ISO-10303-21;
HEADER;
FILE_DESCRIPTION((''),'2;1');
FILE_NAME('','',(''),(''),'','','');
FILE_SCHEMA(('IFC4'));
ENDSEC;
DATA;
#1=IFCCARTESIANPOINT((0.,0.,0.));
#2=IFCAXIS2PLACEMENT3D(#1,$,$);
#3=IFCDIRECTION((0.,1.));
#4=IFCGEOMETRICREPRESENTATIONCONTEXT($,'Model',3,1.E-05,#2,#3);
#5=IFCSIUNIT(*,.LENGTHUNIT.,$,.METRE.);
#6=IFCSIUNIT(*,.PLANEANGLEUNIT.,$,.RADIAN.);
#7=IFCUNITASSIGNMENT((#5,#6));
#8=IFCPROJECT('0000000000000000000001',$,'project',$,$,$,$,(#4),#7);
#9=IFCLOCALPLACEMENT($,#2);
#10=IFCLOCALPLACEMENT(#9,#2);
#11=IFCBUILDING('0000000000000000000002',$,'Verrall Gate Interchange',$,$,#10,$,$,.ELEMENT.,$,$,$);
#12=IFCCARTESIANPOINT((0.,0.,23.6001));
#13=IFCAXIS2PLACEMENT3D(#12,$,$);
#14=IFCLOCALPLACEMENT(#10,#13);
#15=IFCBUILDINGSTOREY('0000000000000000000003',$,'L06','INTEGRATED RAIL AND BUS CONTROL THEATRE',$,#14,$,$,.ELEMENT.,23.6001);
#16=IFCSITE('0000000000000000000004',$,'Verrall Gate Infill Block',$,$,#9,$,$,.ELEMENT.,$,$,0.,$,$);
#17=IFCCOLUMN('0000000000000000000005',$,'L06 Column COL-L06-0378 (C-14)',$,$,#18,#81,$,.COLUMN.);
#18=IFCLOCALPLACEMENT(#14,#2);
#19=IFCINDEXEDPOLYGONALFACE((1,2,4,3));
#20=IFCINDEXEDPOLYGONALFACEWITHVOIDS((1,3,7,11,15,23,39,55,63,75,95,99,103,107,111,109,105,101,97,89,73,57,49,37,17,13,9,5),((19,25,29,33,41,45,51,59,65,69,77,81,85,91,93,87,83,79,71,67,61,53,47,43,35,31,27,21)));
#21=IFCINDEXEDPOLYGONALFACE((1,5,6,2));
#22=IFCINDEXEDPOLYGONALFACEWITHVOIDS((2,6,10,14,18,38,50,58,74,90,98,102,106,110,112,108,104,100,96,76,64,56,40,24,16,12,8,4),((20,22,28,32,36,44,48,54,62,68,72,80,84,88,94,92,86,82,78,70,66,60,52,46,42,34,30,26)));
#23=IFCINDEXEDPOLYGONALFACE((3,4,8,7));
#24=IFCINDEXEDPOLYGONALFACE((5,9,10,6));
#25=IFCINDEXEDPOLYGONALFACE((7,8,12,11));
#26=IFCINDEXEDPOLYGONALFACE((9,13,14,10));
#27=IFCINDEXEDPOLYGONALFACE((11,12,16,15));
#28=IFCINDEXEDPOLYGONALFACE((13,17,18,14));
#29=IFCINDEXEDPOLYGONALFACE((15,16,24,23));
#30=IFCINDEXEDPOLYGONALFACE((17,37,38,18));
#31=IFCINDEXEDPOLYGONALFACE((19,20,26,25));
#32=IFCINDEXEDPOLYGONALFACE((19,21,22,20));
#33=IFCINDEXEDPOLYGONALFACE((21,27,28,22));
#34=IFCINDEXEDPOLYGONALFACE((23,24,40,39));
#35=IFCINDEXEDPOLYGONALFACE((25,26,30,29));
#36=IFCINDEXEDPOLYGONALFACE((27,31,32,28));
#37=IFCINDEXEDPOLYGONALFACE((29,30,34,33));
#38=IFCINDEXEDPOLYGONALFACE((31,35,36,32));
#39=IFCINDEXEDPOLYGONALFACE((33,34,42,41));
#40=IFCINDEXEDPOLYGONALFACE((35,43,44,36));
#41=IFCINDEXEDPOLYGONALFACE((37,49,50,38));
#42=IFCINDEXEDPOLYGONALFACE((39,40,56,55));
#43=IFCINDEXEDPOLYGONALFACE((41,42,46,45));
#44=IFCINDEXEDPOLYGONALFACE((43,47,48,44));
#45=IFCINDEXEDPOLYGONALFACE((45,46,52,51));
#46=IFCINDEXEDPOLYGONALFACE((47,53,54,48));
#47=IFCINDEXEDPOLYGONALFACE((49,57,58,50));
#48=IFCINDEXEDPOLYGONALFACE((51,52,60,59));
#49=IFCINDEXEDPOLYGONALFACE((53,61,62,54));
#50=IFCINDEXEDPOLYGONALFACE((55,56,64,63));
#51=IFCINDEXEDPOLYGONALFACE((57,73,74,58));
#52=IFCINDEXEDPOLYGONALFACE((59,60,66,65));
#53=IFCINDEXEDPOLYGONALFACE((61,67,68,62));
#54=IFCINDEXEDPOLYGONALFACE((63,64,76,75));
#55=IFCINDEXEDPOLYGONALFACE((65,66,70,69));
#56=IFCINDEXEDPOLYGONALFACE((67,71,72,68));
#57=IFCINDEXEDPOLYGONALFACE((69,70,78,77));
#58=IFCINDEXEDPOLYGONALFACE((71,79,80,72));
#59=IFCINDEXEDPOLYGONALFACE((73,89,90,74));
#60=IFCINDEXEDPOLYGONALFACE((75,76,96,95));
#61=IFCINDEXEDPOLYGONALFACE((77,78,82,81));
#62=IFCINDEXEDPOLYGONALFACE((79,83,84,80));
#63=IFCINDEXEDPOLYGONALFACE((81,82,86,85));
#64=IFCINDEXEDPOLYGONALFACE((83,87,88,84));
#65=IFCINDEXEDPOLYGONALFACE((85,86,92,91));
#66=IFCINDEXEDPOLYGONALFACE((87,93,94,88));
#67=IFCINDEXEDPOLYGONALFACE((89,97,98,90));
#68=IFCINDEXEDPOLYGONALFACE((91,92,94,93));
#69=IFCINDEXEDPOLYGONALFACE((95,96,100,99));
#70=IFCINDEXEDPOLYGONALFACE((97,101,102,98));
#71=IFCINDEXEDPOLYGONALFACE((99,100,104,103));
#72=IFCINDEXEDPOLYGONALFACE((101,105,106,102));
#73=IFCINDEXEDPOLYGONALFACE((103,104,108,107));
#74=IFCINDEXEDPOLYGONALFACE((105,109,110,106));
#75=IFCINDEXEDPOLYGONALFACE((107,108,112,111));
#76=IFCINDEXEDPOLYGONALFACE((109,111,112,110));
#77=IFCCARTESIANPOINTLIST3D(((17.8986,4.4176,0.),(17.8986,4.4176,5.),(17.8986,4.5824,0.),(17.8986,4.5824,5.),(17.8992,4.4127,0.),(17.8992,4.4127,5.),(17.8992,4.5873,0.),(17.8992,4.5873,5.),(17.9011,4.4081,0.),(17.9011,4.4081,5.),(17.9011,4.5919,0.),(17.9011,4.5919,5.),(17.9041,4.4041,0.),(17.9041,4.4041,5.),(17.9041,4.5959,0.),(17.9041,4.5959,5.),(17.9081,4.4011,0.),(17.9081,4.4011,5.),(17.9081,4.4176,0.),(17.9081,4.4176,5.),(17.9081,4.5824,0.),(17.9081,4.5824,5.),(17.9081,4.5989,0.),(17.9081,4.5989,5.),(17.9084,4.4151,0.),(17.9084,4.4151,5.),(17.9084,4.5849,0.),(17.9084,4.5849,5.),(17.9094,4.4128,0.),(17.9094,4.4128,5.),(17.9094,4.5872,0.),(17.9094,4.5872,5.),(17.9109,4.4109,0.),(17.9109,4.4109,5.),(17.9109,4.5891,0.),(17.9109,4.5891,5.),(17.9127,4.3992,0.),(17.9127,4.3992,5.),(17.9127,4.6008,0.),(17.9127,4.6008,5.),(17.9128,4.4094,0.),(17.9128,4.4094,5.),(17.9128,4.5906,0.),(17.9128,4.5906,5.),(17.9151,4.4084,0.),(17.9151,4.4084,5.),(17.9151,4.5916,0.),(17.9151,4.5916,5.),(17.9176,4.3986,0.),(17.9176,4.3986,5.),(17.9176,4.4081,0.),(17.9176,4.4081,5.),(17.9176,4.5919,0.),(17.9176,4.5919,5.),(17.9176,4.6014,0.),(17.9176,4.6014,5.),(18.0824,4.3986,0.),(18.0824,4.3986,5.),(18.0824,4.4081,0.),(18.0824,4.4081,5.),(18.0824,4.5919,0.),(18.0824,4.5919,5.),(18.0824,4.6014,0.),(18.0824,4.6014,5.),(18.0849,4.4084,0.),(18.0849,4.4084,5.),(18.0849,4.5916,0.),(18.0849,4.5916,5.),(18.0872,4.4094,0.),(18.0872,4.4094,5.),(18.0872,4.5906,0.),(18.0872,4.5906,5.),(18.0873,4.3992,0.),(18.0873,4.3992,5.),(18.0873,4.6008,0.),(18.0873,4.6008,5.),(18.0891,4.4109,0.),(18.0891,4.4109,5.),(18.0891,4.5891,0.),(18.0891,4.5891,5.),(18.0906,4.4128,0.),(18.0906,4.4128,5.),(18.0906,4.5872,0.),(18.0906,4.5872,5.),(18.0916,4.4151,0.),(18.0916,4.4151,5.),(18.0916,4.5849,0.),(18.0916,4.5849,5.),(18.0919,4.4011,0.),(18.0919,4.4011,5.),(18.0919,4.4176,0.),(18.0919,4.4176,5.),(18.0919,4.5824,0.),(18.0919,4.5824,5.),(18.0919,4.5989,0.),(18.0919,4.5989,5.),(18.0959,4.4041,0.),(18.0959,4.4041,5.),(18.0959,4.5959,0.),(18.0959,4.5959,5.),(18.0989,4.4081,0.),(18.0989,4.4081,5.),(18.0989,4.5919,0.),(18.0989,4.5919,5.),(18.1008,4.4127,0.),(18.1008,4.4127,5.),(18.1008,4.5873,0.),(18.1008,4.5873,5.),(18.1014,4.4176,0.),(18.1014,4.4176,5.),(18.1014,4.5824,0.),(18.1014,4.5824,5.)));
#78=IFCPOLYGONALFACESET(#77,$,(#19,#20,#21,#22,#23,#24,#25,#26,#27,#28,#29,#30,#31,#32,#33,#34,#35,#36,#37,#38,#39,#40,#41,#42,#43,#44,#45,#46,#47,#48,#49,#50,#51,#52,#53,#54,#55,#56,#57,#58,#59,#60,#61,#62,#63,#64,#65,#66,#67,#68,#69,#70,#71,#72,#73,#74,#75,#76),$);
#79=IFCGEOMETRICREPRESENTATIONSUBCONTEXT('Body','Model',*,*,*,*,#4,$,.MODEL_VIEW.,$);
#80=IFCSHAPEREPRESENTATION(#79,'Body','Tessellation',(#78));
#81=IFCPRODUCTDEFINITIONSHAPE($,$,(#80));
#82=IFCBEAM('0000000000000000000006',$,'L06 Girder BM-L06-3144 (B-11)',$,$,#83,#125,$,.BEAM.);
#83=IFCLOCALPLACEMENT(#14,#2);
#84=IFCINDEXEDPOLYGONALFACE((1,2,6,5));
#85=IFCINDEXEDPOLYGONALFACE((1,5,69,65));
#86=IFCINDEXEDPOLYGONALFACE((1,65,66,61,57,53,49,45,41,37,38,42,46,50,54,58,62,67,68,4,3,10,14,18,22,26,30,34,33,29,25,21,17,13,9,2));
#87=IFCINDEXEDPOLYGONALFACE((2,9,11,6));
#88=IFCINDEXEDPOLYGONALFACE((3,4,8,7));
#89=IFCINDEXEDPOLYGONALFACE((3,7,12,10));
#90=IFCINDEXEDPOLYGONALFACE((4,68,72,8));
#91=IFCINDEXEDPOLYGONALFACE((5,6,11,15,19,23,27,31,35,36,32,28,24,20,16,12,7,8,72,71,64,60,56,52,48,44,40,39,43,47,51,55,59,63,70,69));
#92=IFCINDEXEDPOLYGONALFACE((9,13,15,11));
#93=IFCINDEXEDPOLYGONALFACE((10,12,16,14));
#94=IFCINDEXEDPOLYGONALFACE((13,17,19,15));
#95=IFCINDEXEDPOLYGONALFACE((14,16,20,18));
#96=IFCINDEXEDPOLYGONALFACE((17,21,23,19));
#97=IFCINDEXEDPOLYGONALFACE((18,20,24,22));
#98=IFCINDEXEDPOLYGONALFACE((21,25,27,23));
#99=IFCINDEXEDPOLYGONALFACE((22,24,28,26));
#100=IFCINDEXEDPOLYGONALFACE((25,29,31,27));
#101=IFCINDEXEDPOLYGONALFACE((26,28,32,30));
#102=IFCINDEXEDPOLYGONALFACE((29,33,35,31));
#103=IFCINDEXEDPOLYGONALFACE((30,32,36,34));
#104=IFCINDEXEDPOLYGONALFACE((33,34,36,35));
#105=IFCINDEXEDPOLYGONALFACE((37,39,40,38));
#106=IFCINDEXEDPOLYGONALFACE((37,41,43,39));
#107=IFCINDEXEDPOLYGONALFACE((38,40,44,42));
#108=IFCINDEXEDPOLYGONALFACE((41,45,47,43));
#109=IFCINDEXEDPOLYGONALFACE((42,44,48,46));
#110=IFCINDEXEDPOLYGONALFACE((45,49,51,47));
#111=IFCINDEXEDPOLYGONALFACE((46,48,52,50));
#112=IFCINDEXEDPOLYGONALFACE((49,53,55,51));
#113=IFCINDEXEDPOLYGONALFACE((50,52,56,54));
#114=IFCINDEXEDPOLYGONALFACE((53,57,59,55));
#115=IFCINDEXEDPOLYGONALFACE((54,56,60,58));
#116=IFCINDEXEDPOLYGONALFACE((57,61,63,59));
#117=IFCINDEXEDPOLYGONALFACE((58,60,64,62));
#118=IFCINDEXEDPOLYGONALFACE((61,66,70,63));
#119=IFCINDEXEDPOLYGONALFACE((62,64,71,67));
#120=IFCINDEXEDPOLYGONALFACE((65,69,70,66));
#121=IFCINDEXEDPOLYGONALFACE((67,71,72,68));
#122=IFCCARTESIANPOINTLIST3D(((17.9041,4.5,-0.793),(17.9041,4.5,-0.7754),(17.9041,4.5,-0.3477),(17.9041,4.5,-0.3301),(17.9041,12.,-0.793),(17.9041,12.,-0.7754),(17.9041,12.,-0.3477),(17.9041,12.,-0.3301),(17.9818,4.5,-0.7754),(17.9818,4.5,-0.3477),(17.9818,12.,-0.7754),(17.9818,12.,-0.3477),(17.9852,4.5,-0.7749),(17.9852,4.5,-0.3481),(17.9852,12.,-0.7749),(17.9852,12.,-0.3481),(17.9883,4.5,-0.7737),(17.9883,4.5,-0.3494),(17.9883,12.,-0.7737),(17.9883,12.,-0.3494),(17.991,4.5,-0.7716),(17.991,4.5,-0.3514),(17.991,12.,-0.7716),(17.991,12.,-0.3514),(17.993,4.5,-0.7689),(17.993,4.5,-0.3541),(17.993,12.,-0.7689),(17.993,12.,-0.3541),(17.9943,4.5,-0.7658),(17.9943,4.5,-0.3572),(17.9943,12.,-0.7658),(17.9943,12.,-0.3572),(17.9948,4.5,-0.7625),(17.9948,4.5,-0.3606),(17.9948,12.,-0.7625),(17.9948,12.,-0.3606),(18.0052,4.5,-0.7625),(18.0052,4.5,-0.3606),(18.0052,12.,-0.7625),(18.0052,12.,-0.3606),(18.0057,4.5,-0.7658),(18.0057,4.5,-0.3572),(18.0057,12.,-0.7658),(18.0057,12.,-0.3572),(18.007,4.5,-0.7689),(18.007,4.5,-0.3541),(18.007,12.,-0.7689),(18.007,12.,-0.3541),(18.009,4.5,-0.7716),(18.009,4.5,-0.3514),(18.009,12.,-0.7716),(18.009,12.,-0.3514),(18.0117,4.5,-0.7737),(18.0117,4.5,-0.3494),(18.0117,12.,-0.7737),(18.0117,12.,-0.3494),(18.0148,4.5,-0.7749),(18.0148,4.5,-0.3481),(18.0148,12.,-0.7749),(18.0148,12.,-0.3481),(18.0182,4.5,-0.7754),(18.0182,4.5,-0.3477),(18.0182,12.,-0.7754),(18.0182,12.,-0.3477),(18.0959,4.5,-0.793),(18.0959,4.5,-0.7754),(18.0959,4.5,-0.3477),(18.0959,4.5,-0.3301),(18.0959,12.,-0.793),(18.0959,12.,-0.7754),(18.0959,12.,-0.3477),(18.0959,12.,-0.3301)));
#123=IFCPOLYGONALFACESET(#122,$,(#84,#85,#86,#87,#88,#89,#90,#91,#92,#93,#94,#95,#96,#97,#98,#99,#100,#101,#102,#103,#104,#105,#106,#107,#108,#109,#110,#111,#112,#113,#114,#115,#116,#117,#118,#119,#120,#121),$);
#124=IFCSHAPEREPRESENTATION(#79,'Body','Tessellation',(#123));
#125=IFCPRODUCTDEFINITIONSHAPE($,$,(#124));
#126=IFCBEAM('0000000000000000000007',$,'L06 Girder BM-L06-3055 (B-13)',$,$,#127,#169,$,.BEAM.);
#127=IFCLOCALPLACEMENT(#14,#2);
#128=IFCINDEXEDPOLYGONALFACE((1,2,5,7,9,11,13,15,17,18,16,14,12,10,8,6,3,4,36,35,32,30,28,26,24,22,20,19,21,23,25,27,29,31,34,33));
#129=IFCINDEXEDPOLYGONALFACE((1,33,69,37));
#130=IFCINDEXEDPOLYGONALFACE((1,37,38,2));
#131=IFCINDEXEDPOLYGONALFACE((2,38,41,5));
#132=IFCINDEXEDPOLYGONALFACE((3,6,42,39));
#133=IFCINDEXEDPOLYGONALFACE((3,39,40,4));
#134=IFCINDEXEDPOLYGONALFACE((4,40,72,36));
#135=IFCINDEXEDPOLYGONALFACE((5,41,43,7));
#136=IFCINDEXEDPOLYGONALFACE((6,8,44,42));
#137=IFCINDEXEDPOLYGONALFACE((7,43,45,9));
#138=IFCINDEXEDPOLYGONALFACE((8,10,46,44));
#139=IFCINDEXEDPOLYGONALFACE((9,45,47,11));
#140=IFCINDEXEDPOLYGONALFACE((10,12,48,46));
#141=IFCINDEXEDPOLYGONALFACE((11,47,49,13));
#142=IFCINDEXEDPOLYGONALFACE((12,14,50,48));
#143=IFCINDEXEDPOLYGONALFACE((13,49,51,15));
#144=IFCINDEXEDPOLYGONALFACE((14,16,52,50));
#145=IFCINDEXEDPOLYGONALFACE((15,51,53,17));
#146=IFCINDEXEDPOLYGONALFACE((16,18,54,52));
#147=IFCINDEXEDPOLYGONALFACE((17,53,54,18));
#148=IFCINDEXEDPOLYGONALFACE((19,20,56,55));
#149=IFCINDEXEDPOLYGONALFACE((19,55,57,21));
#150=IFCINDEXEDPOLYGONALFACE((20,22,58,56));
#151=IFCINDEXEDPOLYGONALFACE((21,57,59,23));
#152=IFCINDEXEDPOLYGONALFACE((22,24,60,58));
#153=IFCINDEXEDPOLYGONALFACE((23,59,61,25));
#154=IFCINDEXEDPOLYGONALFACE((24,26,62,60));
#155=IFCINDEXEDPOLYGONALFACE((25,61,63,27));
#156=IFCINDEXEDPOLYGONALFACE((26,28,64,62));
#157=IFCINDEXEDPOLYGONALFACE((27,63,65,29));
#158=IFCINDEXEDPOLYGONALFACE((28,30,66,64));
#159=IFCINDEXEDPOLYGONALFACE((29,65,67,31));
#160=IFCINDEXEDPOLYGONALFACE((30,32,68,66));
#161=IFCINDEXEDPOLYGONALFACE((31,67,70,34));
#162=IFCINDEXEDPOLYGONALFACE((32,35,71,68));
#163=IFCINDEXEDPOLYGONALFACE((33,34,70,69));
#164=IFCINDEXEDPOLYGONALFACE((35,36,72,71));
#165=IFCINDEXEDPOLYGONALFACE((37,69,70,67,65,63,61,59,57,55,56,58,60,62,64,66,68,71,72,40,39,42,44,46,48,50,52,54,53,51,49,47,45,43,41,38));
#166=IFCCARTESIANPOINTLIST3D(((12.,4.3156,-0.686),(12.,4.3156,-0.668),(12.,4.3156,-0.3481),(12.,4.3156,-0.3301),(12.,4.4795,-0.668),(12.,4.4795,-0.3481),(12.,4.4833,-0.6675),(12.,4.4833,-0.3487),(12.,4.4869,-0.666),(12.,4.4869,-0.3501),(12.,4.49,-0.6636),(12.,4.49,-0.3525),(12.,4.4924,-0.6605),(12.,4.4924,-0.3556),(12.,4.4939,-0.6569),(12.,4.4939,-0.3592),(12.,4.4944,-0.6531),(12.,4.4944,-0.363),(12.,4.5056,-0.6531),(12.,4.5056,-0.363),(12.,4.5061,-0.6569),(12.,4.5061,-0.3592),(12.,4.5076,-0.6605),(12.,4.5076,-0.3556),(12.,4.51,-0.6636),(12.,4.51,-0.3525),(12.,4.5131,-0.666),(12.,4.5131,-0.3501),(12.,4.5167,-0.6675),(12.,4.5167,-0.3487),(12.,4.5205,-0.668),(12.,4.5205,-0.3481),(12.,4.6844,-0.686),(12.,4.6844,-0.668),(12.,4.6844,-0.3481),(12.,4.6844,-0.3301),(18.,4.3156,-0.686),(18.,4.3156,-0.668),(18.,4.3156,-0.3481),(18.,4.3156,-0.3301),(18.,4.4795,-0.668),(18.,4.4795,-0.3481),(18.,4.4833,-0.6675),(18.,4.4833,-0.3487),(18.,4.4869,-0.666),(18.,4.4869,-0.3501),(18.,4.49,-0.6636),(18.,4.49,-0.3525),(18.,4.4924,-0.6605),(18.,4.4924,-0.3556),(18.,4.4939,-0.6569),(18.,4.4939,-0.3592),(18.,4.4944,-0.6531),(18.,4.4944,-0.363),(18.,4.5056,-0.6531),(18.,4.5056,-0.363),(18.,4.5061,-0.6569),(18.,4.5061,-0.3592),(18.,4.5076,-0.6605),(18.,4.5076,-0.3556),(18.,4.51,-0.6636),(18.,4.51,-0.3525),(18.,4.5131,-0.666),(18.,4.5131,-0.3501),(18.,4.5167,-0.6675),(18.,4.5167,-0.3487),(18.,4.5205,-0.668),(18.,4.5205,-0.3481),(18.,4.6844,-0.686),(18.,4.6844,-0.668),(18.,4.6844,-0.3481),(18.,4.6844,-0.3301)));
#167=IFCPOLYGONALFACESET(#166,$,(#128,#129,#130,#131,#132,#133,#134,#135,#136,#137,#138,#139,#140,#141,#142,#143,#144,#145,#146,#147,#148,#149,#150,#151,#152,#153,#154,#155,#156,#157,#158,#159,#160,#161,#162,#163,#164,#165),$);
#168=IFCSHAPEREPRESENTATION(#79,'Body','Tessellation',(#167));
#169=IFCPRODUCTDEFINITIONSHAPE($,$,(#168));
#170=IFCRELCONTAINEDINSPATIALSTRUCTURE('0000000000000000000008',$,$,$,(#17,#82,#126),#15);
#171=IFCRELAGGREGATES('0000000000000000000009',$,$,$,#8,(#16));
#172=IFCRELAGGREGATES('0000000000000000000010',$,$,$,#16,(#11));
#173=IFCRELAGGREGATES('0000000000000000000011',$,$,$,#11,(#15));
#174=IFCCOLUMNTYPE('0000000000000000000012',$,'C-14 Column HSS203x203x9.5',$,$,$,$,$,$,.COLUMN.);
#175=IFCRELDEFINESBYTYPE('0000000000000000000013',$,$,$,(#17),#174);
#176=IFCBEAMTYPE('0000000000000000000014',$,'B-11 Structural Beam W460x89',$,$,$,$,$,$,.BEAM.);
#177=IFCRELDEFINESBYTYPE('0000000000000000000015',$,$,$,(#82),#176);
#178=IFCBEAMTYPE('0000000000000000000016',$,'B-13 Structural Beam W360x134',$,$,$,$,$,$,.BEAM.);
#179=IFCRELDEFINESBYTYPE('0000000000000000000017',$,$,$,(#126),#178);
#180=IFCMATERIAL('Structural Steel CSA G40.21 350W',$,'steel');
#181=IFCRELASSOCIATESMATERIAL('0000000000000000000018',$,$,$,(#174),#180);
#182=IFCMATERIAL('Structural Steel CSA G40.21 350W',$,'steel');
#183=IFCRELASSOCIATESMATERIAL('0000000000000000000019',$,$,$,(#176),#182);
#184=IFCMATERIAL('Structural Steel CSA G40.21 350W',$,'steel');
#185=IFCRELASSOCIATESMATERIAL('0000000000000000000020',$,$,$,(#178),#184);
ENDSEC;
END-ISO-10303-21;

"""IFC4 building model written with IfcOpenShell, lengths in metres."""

from ifc_helpers import new_model, si_unit, direction, frame, origin, origin_2d, place, context, subcontext, project, spatial, hollow_rectangle, i_section, extrude, material, material_profile, profile_set, type_object, element, save


model = new_model("IFC4")

# Units and contexts
model_context = context("Model", 3, precision=1e-05, world=origin(), true_north=direction((0.0, 1.0)))
body_context = subcontext(model_context, "Body", "Model", "MODEL_VIEW")
ifc_project = project(units=[si_unit("LENGTHUNIT", "METRE"), si_unit("PLANEANGLEUNIT", "RADIAN")], contexts=[model_context])

# Site, building, storey
site_placement = place(None, origin())
site = spatial("IfcSite", under=ifc_project, at=site_placement, Name="Verrall Gate Infill Block", CompositionType="ELEMENT", RefElevation=0.0)
building_placement = place(site_placement, origin())
building = spatial("IfcBuilding", under=site, at=building_placement, Name="Verrall Gate Interchange", CompositionType="ELEMENT")
storey_placement = place(building_placement, frame((0.0, 0.0, 23.6001)))
storey = spatial("IfcBuildingStorey", under=building, at=storey_placement, Name="L06", Description="INTEGRATED RAIL AND BUS CONTROL THEATRE", CompositionType="ELEMENT", Elevation=23.6001)

# Column
ifc_material_1 = material(Name="Structural Steel CSA G40.21 350W", Category="steel")
ifc_material_profile_1 = material_profile(ifc_material_1, hollow_rectangle(XDim=0.2029, YDim=0.2029, WallThickness=0.0095, InnerFilletRadius=0.0095, OuterFilletRadius=0.019, at=origin_2d()), Name="HSS203x203x9.5")
ifc_profile_set_1 = profile_set([ifc_material_profile_1], Name="Structural Steel CSA G40.21 350W")
column_type = type_object("IfcColumnType", Name="C-14 Column HSS203x203x9.5", PredefinedType="COLUMN", material=ifc_profile_set_1)
column_placement = place(storey_placement, frame((18.0, 4.5, 0.0), z_axis=(0.0, 0.0, 1.0), x_axis=(1.0, 0.0, 0.0)))
element("IfcColumn", 1, at=column_placement, inside=storey, type_object=column_type, Name="L06 Column COL-L06-0378 (C-14)", PredefinedType="COLUMN", context=body_context, shape_type="SweptSolid", body=[
    extrude(hollow_rectangle(XDim=0.2029, YDim=0.2029, WallThickness=0.0095, InnerFilletRadius=0.0095, OuterFilletRadius=0.019, at=origin_2d()), origin(), (0.0, 0.0, 1.0), 5.0),
])

# Beams
ifc_material_2 = material(Name="Structural Steel CSA G40.21 350W", Category="steel")
ifc_material_profile_2 = material_profile(ifc_material_2, i_section(OverallWidth=0.1919, OverallDepth=0.4629, WebThickness=0.0105, FlangeThickness=0.0176, FilletRadius=0.0129, at=origin_2d()), Name="W460x89")
ifc_profile_set_2 = profile_set([ifc_material_profile_2], Name="Structural Steel CSA G40.21 350W")
beam_type_1 = type_object("IfcBeamType", Name="B-11 Structural Beam W460x89", PredefinedType="BEAM", material=ifc_profile_set_2)
beam_1_placement = place(storey_placement, frame((18.0, 4.5, -0.5615), z_axis=(0.0, 1.0, 0.0), x_axis=(-1.0, 0.0, 0.0)))
element("IfcBeam", 2, at=beam_1_placement, inside=storey, type_object=beam_type_1, Name="L06 Girder BM-L06-3144 (B-11)", PredefinedType="BEAM", context=body_context, shape_type="SweptSolid", body=[
    extrude(i_section(OverallWidth=0.1919, OverallDepth=0.4629, WebThickness=0.0105, FlangeThickness=0.0176, FilletRadius=0.0129, at=origin_2d()), origin(), (0.0, 0.0, 1.0), 7.5),
])
ifc_material_3 = material(Name="Structural Steel CSA G40.21 350W", Category="steel")
ifc_material_profile_3 = material_profile(ifc_material_3, i_section(OverallWidth=0.3689, OverallDepth=0.356, WebThickness=0.0112, FlangeThickness=0.0181, FilletRadius=0.0149, at=origin_2d()), Name="W360x134")
ifc_profile_set_3 = profile_set([ifc_material_profile_3], Name="Structural Steel CSA G40.21 350W")
beam_type_2 = type_object("IfcBeamType", Name="B-13 Structural Beam W360x134", PredefinedType="BEAM", material=ifc_profile_set_3)
beam_2_placement = place(storey_placement, frame((12.0, 4.5, -0.5081), z_axis=(1.0, 0.0, 0.0), x_axis=(0.0, 1.0, 0.0)))
element("IfcBeam", 3, at=beam_2_placement, inside=storey, type_object=beam_type_2, Name="L06 Girder BM-L06-3055 (B-13)", PredefinedType="BEAM", context=body_context, shape_type="SweptSolid", body=[
    extrude(i_section(OverallWidth=0.3689, OverallDepth=0.356, WebThickness=0.0112, FlangeThickness=0.0181, FilletRadius=0.0149, at=origin_2d()), origin(), (0.0, 0.0, 1.0), 6.0),
])

save(model, "model.ifc")
